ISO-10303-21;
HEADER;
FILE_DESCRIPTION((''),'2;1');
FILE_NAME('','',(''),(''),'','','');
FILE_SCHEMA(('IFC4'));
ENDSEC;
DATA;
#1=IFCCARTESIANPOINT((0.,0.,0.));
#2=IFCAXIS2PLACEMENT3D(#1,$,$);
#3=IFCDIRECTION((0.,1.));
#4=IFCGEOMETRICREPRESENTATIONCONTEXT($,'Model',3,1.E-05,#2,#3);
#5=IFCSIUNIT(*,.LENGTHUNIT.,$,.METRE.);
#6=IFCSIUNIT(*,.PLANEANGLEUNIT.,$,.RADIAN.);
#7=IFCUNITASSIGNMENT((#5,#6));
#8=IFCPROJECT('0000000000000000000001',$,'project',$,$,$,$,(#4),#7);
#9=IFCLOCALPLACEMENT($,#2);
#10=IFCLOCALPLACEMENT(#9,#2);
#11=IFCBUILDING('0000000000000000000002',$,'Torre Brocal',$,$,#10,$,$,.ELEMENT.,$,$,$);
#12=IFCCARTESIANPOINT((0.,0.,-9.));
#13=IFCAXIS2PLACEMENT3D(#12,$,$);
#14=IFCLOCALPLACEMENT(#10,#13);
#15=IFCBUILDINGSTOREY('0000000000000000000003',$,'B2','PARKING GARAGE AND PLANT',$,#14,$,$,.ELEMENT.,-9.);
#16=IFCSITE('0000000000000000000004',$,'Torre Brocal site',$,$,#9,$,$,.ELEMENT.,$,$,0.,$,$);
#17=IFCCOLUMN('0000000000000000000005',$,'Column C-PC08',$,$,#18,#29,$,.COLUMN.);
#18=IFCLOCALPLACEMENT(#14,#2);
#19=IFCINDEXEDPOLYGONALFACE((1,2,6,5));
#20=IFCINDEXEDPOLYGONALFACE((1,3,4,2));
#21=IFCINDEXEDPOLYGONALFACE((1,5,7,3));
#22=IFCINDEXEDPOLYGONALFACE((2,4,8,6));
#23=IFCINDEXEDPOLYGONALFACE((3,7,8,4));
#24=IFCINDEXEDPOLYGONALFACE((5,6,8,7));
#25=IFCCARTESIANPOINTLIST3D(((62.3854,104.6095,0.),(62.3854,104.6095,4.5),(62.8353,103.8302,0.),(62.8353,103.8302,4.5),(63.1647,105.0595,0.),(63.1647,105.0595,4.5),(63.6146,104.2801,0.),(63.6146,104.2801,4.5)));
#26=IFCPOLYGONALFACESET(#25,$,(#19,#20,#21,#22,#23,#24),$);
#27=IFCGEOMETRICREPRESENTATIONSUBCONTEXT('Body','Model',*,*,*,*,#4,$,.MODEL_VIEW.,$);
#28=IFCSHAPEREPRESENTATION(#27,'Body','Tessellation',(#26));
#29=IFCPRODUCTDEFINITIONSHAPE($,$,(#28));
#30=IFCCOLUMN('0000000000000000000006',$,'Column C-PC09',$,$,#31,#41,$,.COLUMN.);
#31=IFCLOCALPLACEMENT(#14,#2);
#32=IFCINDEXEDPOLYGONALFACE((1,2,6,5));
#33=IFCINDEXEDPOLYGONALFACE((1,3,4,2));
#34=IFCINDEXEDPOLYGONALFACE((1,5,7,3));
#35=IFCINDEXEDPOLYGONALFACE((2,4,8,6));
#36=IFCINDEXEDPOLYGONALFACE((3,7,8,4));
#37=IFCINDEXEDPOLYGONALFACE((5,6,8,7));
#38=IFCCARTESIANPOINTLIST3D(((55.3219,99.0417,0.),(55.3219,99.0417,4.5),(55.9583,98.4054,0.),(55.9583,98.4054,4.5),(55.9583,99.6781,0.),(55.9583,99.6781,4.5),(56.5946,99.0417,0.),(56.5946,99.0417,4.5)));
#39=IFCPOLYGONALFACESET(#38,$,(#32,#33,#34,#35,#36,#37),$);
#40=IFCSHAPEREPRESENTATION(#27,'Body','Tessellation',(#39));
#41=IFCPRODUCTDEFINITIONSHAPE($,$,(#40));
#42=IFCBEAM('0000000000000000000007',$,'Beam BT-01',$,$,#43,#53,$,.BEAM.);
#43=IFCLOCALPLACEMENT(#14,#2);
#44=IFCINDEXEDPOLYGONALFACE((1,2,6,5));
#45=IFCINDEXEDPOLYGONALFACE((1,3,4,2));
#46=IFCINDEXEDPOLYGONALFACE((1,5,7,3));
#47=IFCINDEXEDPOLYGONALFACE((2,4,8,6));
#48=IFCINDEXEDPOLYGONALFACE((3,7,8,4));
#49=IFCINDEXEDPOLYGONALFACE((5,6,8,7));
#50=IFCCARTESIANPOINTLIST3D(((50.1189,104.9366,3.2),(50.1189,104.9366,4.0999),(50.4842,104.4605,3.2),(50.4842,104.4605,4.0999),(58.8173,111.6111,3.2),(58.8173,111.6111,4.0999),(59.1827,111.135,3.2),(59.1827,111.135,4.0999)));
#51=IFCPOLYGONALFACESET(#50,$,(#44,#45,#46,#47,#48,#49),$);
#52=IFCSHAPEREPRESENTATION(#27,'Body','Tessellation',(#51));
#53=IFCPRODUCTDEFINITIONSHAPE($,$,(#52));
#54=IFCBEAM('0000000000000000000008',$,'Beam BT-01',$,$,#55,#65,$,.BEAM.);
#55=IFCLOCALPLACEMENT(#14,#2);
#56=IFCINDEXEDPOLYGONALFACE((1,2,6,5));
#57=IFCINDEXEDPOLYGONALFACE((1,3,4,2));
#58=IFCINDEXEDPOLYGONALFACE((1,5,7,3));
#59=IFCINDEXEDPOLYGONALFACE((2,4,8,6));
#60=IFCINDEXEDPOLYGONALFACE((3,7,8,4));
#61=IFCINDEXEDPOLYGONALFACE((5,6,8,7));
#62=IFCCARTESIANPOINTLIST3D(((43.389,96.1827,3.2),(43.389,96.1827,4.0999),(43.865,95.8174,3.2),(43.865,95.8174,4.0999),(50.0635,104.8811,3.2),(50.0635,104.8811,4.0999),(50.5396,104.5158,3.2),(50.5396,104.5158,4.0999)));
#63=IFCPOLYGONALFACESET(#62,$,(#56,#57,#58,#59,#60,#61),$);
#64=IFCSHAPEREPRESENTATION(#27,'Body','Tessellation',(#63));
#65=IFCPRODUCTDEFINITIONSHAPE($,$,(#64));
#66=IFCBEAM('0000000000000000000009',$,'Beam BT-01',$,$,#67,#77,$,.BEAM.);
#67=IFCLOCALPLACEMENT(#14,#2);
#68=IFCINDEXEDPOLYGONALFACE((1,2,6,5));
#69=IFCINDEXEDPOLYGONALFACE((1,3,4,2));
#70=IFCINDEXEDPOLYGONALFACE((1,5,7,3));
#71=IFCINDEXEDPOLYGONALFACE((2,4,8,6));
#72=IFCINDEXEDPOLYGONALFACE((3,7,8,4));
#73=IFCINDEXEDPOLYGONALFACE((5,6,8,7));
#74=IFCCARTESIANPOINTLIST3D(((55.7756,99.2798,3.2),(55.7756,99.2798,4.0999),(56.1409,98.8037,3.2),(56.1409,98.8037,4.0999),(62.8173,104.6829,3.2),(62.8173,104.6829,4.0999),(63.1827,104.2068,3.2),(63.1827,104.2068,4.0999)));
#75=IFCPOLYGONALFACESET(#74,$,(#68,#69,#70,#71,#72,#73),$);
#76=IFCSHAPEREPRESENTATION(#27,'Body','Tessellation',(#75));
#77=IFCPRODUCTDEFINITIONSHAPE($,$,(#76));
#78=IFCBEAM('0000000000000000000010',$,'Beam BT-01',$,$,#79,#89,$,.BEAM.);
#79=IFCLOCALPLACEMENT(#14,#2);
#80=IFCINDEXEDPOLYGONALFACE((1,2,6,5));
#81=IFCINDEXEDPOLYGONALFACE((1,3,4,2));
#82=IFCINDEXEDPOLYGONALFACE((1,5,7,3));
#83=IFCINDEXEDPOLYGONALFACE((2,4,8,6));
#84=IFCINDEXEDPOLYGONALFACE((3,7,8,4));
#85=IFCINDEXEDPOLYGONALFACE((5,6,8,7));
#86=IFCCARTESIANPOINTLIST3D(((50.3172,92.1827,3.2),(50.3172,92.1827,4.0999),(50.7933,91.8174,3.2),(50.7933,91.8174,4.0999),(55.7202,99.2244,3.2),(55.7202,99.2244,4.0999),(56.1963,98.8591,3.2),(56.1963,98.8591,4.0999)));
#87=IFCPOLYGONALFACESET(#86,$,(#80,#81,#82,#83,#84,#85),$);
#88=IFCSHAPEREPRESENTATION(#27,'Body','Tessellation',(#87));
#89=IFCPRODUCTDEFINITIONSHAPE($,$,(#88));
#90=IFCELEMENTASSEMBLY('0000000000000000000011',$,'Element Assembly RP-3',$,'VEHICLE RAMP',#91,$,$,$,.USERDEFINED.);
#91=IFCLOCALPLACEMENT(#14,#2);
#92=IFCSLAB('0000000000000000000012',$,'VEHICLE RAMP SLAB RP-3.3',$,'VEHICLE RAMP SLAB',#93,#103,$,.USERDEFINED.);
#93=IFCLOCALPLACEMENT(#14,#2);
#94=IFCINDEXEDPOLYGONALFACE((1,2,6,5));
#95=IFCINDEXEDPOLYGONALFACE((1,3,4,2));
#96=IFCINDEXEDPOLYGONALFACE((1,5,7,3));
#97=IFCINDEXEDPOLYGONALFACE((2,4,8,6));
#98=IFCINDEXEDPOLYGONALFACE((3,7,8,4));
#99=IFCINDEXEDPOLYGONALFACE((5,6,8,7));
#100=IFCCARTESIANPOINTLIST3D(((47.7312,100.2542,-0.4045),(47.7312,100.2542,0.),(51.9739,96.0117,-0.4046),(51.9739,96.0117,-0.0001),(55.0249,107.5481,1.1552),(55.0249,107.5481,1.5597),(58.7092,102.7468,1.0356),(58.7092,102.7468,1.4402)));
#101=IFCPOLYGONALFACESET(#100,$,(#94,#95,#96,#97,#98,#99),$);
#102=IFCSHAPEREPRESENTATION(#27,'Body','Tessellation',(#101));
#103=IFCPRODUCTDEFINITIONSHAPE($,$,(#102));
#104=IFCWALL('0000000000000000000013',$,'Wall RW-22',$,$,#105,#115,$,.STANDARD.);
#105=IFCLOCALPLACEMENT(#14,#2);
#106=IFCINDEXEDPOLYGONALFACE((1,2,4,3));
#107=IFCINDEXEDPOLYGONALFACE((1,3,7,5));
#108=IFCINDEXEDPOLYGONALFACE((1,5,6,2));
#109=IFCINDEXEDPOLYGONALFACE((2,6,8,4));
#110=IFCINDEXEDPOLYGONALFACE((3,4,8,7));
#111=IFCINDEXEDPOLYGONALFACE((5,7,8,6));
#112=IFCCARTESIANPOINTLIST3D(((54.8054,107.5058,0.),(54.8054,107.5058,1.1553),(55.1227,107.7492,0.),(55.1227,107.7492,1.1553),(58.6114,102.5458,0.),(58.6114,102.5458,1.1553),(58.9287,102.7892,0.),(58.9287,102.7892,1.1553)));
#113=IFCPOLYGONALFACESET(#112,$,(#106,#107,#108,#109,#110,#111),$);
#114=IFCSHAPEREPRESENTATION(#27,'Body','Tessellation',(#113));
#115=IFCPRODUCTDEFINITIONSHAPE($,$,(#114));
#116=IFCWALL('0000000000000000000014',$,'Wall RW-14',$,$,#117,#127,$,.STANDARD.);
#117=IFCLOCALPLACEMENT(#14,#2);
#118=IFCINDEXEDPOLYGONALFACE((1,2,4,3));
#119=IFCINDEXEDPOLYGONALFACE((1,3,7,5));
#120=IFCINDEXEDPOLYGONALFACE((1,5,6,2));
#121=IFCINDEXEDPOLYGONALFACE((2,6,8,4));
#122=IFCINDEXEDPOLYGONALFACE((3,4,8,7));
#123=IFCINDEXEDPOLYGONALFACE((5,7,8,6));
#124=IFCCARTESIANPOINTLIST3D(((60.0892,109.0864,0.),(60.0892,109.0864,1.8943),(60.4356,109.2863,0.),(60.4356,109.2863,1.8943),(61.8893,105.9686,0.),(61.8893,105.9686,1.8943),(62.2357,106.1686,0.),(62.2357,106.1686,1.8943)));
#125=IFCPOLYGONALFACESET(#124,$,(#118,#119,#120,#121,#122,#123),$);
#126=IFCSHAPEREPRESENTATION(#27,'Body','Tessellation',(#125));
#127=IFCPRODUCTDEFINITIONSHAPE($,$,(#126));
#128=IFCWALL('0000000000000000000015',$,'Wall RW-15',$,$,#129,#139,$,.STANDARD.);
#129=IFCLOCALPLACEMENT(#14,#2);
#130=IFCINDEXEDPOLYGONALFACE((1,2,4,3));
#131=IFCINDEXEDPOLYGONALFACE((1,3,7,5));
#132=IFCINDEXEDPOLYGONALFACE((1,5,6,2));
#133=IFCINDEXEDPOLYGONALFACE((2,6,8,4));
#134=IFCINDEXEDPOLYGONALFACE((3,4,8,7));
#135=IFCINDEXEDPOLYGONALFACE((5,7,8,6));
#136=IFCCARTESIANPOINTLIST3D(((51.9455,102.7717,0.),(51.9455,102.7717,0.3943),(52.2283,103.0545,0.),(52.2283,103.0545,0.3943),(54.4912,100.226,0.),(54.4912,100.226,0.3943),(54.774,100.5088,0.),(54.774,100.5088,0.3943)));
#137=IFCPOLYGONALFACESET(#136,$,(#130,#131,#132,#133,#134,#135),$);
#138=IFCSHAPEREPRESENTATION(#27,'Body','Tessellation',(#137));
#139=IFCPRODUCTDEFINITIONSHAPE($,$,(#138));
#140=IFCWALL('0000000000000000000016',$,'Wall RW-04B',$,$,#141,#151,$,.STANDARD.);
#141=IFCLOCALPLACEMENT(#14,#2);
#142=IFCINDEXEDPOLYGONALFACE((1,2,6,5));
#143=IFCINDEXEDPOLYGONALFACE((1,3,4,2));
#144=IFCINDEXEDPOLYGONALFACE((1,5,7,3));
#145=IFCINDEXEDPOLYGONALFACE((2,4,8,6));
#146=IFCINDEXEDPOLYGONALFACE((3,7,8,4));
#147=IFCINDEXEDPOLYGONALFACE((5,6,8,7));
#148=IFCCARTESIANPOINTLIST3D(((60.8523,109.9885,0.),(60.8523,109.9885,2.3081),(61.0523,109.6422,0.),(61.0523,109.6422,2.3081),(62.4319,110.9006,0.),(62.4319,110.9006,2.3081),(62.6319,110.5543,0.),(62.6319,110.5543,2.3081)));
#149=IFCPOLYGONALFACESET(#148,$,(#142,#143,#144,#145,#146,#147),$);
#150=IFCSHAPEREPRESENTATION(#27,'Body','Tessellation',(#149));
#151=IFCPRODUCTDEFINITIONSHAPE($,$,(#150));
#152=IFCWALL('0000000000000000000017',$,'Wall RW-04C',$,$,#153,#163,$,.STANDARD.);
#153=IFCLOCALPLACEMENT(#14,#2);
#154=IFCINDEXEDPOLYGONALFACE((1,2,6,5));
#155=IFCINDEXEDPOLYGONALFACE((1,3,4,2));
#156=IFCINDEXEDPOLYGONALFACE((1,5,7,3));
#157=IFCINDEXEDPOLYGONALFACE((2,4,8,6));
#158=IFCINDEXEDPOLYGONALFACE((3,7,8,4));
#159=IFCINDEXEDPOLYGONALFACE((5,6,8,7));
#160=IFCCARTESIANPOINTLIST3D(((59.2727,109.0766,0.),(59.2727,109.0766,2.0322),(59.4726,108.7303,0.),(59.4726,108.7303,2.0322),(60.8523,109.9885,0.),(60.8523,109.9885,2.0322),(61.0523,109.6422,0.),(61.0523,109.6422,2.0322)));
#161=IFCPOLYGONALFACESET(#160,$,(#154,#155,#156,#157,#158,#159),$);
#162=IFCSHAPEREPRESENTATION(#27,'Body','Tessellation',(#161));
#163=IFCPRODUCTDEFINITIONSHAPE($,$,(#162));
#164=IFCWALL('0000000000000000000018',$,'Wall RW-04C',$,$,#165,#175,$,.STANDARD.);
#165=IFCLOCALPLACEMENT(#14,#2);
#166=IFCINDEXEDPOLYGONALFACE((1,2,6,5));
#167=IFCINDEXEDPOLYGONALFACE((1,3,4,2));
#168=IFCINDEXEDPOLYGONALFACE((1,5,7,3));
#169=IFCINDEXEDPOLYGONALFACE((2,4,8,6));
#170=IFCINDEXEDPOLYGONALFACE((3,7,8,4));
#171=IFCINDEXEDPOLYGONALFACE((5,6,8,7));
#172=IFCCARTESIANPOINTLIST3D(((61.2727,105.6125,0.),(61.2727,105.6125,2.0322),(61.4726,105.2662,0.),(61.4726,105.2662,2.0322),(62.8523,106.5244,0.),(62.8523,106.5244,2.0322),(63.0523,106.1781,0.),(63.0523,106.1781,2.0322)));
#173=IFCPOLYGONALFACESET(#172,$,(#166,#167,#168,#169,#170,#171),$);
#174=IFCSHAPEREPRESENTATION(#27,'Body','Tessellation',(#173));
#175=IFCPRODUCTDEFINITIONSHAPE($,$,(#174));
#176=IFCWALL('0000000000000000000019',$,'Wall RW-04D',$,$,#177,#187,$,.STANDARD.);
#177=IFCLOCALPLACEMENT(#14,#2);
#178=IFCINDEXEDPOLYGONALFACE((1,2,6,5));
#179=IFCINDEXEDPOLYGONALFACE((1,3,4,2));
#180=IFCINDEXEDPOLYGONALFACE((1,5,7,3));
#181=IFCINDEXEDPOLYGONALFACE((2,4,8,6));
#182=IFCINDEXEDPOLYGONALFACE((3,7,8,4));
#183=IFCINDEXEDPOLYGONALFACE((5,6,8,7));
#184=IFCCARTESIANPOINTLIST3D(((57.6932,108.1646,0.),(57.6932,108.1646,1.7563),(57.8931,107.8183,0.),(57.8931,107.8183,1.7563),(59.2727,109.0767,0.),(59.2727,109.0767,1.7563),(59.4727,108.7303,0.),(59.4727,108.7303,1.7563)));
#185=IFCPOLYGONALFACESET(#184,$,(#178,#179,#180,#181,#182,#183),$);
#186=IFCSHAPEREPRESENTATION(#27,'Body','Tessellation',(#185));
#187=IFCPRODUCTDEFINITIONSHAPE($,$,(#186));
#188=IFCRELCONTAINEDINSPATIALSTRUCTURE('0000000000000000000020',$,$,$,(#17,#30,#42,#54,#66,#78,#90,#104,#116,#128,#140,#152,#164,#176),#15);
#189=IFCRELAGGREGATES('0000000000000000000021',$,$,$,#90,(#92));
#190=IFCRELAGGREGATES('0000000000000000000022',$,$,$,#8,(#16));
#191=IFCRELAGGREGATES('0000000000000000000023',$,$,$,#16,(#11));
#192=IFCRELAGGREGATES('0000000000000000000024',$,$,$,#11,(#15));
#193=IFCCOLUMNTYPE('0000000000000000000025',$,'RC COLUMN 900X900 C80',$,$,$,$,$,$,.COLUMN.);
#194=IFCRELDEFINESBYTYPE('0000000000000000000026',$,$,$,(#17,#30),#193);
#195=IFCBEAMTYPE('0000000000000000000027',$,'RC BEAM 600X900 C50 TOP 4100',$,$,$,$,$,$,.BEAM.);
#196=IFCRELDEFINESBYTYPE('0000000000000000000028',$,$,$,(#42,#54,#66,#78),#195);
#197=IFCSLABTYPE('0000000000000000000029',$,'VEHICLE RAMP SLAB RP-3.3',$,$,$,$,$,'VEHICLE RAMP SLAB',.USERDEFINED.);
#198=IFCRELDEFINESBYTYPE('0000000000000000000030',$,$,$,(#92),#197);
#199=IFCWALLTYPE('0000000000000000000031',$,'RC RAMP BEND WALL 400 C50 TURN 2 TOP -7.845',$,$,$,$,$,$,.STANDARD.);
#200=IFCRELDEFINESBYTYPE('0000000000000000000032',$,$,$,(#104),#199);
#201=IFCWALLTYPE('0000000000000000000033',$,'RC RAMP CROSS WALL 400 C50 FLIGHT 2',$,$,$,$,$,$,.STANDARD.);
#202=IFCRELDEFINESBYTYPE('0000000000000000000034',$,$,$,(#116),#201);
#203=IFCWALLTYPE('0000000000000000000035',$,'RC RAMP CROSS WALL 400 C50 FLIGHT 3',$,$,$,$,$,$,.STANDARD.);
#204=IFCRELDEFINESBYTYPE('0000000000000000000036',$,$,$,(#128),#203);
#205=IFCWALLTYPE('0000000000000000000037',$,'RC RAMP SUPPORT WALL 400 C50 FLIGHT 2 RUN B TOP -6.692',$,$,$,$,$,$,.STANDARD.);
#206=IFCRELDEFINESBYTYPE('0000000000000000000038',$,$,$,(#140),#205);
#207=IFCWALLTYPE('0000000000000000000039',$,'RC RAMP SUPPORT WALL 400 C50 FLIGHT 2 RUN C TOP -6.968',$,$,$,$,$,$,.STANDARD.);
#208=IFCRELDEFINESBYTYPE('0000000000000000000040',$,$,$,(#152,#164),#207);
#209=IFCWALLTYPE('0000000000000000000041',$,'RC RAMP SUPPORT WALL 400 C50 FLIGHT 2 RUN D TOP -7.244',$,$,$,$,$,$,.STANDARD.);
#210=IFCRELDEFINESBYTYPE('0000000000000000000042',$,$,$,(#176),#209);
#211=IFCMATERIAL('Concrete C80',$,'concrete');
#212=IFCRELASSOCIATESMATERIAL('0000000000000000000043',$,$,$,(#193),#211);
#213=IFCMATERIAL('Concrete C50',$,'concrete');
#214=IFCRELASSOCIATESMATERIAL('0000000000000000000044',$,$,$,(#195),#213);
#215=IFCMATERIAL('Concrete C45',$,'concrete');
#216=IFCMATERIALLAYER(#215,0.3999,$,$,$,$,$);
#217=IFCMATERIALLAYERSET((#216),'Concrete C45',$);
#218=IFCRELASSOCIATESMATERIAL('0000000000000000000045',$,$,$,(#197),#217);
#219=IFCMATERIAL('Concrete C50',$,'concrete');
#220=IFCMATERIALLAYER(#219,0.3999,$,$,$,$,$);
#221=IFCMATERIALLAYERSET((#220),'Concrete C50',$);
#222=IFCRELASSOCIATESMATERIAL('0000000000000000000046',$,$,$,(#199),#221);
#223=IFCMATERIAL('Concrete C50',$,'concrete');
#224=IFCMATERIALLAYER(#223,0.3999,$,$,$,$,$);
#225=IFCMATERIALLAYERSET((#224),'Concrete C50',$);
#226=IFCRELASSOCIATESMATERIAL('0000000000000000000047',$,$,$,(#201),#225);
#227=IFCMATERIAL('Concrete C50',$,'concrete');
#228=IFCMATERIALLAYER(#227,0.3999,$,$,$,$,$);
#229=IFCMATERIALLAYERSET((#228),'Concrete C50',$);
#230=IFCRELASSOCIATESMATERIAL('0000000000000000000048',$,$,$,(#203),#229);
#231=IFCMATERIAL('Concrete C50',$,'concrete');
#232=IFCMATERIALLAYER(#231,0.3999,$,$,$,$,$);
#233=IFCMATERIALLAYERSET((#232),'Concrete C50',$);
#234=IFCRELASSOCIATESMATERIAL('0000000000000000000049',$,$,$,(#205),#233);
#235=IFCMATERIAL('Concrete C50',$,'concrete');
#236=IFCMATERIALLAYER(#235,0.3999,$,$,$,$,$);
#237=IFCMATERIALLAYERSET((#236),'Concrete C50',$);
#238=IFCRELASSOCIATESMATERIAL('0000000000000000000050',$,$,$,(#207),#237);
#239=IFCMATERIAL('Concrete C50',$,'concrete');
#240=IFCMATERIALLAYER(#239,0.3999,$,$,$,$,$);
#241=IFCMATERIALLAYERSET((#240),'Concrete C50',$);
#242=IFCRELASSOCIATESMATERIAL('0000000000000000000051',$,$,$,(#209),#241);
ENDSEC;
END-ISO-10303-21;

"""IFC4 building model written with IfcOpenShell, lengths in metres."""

from ifc_helpers import new_model, si_unit, direction, frame, frame_2d, origin, origin_2d, place, context, subcontext, project, spatial, polyline, rectangle, outline, extrude, material, layer, layer_set, material_profile, profile_set, type_object, element, aggregate, save


model = new_model("IFC4")

# Units and contexts
model_context = context("Model", 3, precision=1e-05, world=origin(), true_north=direction((0.0, 1.0)))
body_context = subcontext(model_context, "Body", "Model", "MODEL_VIEW")
ifc_project = project(units=[si_unit("LENGTHUNIT", "METRE"), si_unit("PLANEANGLEUNIT", "RADIAN")], contexts=[model_context])

# Site, building, storey
site_placement = place(None, origin())
site = spatial("IfcSite", under=ifc_project, at=site_placement, Name="Torre Brocal site", CompositionType="ELEMENT", RefElevation=0.0)
building_placement = place(site_placement, origin())
building = spatial("IfcBuilding", under=site, at=building_placement, Name="Torre Brocal", CompositionType="ELEMENT")
storey_placement = place(building_placement, frame((0.0, 0.0, -9.0)))
storey = spatial("IfcBuildingStorey", under=building, at=storey_placement, Name="B2", Description="PARKING GARAGE AND PLANT", CompositionType="ELEMENT", Elevation=-9.0)

# Columns
ifc_material_1 = material(Name="Concrete C80", Category="concrete")
ifc_material_profile_1 = material_profile(ifc_material_1, rectangle(XDim=0.8999, YDim=0.8999, at=origin_2d()), Name="RC 900X900")
ifc_profile_set_1 = profile_set([ifc_material_profile_1], Name="Concrete C80")
column_type = type_object("IfcColumnType", Name="RC COLUMN 900X900 C80", PredefinedType="COLUMN", material=ifc_profile_set_1)
for number, where, z_axis, x_axis, name in (
    (1, (63.0, 104.4448, 0.0), (0.0, 0.0, 1.0), (-0.5, 0.866025, 0.0), "Column C-PC08"),
    (2, (55.9583, 99.0417, 0.0), (0.0, 0.0, 1.0), (-0.707107, 0.707107, 0.0), "Column C-PC09"),
):
    element("IfcColumn", number, at=place(storey_placement, frame(where, z_axis=z_axis, x_axis=x_axis)), inside=storey, type_object=column_type, Name=name, PredefinedType="COLUMN", context=body_context, shape_type="SweptSolid", body=[
        extrude(rectangle(XDim=0.8999, YDim=0.8999, at=origin_2d()), origin(), (0.0, 0.0, 1.0), 4.5),
    ])

# Beams
ifc_material_2 = material(Name="Concrete C50", Category="concrete")
ifc_material_profile_2 = material_profile(ifc_material_2, rectangle(XDim=0.6001, YDim=0.8999, at=origin_2d()), Name="RC 600X900")
ifc_profile_set_2 = profile_set([ifc_material_profile_2], Name="Concrete C50")
beam_type = type_object("IfcBeamType", Name="RC BEAM 600X900 C50 TOP 4100", PredefinedType="BEAM", material=ifc_profile_set_2)
for number, where, z_axis, x_axis, name in (
    (3, (59.0, 111.373, 3.6499), (-0.793354, -0.60876, 0.0), (0.60876, -0.793354, 0.0), "Beam BT-01"),
    (4, (50.3015, 104.6985, 3.6499), (-0.60876, -0.793354, 0.0), (0.793354, -0.60876, 0.0), "Beam BT-01"),
):
    element("IfcBeam", number, at=place(storey_placement, frame(where, z_axis=z_axis, x_axis=x_axis)), inside=storey, type_object=beam_type, Name=name, PredefinedType="BEAM", context=body_context, shape_type="SweptSolid", body=[
        extrude(rectangle(XDim=0.6001, YDim=0.8999, at=origin_2d()), origin(), (0.0, 0.0, 1.0), 10.9641),
    ])
for number, where, z_axis, x_axis, name in (
    (5, (63.0, 104.4448, 3.6499), (-0.793367, -0.608744, 0.0), (0.608744, -0.793367, 0.0), "Beam BT-01"),
    (6, (55.9583, 99.0417, 3.6499), (-0.608744, -0.793367, 0.0), (0.793367, -0.608744, 0.0), "Beam BT-01"),
):
    element("IfcBeam", number, at=place(storey_placement, frame(where, z_axis=z_axis, x_axis=x_axis)), inside=storey, type_object=beam_type, Name=name, PredefinedType="BEAM", context=body_context, shape_type="SweptSolid", body=[
        extrude(rectangle(XDim=0.6001, YDim=0.8999, at=origin_2d()), origin(), (0.0, 0.0, 1.0), 8.8757),
    ])

# Element assembly, slab
assembly_placement = place(storey_placement, origin())
assembly = element("IfcElementAssembly", 7, at=assembly_placement, inside=storey, Name="Element Assembly RP-3", ObjectType="VEHICLE RAMP", PredefinedType="USERDEFINED")
ifc_material_3 = material(Name="Concrete C45", Category="concrete")
ifc_layer_1 = layer(ifc_material_3, 0.3999)
ifc_layer_set_1 = layer_set([ifc_layer_1], Name="Concrete C45")
slab_type = type_object("IfcSlabType", Name="VEHICLE RAMP SLAB RP-3.3", ElementType="VEHICLE RAMP SLAB", PredefinedType="USERDEFINED", material=ifc_layer_set_1)
slab_placement = place(storey_placement, frame((58.7092, 102.7468, 1.4402), z_axis=(-0.105706, -0.105733, 0.98876), x_axis=(-0.60866, 0.793185, 0.019749)))
slab = element("IfcSlab", 8, at=slab_placement, type_object=slab_type, Name="VEHICLE RAMP SLAB RP-3.3", ObjectType="VEHICLE RAMP SLAB", PredefinedType="USERDEFINED", context=body_context, shape_type="SweptSolid", body=[
    extrude(outline(polyline([(0.0, 0.0), (6.0532, 0.0), (4.6763, 10.341), (-1.2711, 9.5491), (0.0, 0.0)])), origin(), (-0.019749, 0.1482, -0.98876), 0.4045),
])
aggregate(assembly, [slab])

# Walls
ifc_material_4 = material(Name="Concrete C50", Category="concrete")
ifc_layer_2 = layer(ifc_material_4, 0.3999)
ifc_layer_set_2 = layer_set([ifc_layer_2], Name="Concrete C50")
wall_type_1 = type_object("IfcWallType", Name="RC RAMP BEND WALL 400 C50 TURN 2 TOP -7.845", PredefinedType="STANDARD", material=ifc_layer_set_2)
wall_1_placement = place(storey_placement, frame((58.77, 102.6675, 0.0), z_axis=(0.0, 0.0, 1.0), x_axis=(-0.608761, 0.793354, 0.0)))
element("IfcWall", 9, at=wall_1_placement, inside=storey, type_object=wall_type_1, Name="Wall RW-22", PredefinedType="STANDARD", context=body_context, shape_type="SweptSolid", body=[
    extrude(rectangle(XDim=6.252, YDim=0.3999, at=frame_2d((3.126, 0.0))), origin(), (0.0, 0.0, 1.0), 1.1553),
])
ifc_material_5 = material(Name="Concrete C50", Category="concrete")
ifc_layer_3 = layer(ifc_material_5, 0.3999)
ifc_layer_set_3 = layer_set([ifc_layer_3], Name="Concrete C50")
wall_type_2 = type_object("IfcWallType", Name="RC RAMP CROSS WALL 400 C50 FLIGHT 2", PredefinedType="STANDARD", material=ifc_layer_set_3)
wall_2_placement = place(storey_placement, frame((62.0625, 106.0686, 0.0), z_axis=(0.0, 0.0, 1.0), x_axis=(-0.500012, 0.866018, 0.0)))
element("IfcWall", 10, at=wall_2_placement, inside=storey, type_object=wall_type_2, Name="Wall RW-14", PredefinedType="STANDARD", context=body_context, shape_type="SweptSolid", body=[
    extrude(rectangle(XDim=3.6001, YDim=0.3999, at=frame_2d((1.8, 0.0))), origin(), (0.0, 0.0, 1.0), 1.8943),
])
ifc_material_6 = material(Name="Concrete C50", Category="concrete")
ifc_layer_4 = layer(ifc_material_6, 0.3999)
ifc_layer_set_4 = layer_set([ifc_layer_4], Name="Concrete C50")
wall_type_3 = type_object("IfcWallType", Name="RC RAMP CROSS WALL 400 C50 FLIGHT 3", PredefinedType="STANDARD", material=ifc_layer_set_4)
wall_3_placement = place(storey_placement, frame((54.6326, 100.3674, 0.0), z_axis=(0.0, 0.0, 1.0), x_axis=(-0.707107, 0.707107, 0.0)))
element("IfcWall", 11, at=wall_3_placement, inside=storey, type_object=wall_type_3, Name="Wall RW-15", PredefinedType="STANDARD", context=body_context, shape_type="SweptSolid", body=[
    extrude(rectangle(XDim=3.6001, YDim=0.3999, at=frame_2d((1.8, 0.0))), origin(), (0.0, 0.0, 1.0), 0.3943),
])
ifc_material_7 = material(Name="Concrete C50", Category="concrete")
ifc_layer_5 = layer(ifc_material_7, 0.3999)
ifc_layer_set_5 = layer_set([ifc_layer_5], Name="Concrete C50")
wall_type_4 = type_object("IfcWallType", Name="RC RAMP SUPPORT WALL 400 C50 FLIGHT 2 RUN B TOP -6.692", PredefinedType="STANDARD", material=ifc_layer_set_5)
wall_4_placement = place(storey_placement, frame((62.532, 110.7275, 0.0), z_axis=(0.0, 0.0, 1.0), x_axis=(-0.865994, -0.500055, 0.0)))
element("IfcWall", 12, at=wall_4_placement, inside=storey, type_object=wall_type_4, Name="Wall RW-04B", PredefinedType="STANDARD", context=body_context, shape_type="SweptSolid", body=[
    extrude(rectangle(XDim=1.824, YDim=0.3999, at=frame_2d((0.9121, 0.0))), origin(), (0.0, 0.0, 1.0), 2.3081),
])
ifc_material_8 = material(Name="Concrete C50", Category="concrete")
ifc_layer_6 = layer(ifc_material_8, 0.3999)
ifc_layer_set_6 = layer_set([ifc_layer_6], Name="Concrete C50")
wall_type_5 = type_object("IfcWallType", Name="RC RAMP SUPPORT WALL 400 C50 FLIGHT 2 RUN C TOP -6.968", PredefinedType="STANDARD", material=ifc_layer_set_6)
for number, where, z_axis, x_axis, name in (
    (13, (60.9524, 109.8154, 0.0), (0.0, 0.0, 1.0), (-0.866052, -0.499954, 0.0), "Wall RW-04C"),
    (14, (62.9524, 106.3513, 0.0), (0.0, 0.0, 1.0), (-0.866052, -0.499954, 0.0), "Wall RW-04C"),
):
    element("IfcWall", number, at=place(storey_placement, frame(where, z_axis=z_axis, x_axis=x_axis)), inside=storey, type_object=wall_type_5, Name=name, PredefinedType="STANDARD", context=body_context, shape_type="SweptSolid", body=[
        extrude(rectangle(XDim=1.824, YDim=0.3999, at=frame_2d((0.9121, 0.0))), origin(), (0.0, 0.0, 1.0), 2.0322),
    ])
ifc_material_9 = material(Name="Concrete C50", Category="concrete")
ifc_layer_7 = layer(ifc_material_9, 0.3999)
ifc_layer_set_7 = layer_set([ifc_layer_7], Name="Concrete C50")
wall_type_6 = type_object("IfcWallType", Name="RC RAMP SUPPORT WALL 400 C50 FLIGHT 2 RUN D TOP -7.244", PredefinedType="STANDARD", material=ifc_layer_set_7)
for number, where, z_axis, x_axis, name in (
    (15, (59.3728, 108.9036, 0.0), (0.0, 0.0, 1.0), (-0.865994, -0.500055, 0.0), "Wall RW-04D"),
):
    element("IfcWall", number, at=place(storey_placement, frame(where, z_axis=z_axis, x_axis=x_axis)), inside=storey, type_object=wall_type_6, Name=name, PredefinedType="STANDARD", context=body_context, shape_type="SweptSolid", body=[
        extrude(rectangle(XDim=1.824, YDim=0.3999, at=frame_2d((0.9121, 0.0))), origin(), (0.0, 0.0, 1.0), 1.7563),
    ])

save(model, "model.ifc")
